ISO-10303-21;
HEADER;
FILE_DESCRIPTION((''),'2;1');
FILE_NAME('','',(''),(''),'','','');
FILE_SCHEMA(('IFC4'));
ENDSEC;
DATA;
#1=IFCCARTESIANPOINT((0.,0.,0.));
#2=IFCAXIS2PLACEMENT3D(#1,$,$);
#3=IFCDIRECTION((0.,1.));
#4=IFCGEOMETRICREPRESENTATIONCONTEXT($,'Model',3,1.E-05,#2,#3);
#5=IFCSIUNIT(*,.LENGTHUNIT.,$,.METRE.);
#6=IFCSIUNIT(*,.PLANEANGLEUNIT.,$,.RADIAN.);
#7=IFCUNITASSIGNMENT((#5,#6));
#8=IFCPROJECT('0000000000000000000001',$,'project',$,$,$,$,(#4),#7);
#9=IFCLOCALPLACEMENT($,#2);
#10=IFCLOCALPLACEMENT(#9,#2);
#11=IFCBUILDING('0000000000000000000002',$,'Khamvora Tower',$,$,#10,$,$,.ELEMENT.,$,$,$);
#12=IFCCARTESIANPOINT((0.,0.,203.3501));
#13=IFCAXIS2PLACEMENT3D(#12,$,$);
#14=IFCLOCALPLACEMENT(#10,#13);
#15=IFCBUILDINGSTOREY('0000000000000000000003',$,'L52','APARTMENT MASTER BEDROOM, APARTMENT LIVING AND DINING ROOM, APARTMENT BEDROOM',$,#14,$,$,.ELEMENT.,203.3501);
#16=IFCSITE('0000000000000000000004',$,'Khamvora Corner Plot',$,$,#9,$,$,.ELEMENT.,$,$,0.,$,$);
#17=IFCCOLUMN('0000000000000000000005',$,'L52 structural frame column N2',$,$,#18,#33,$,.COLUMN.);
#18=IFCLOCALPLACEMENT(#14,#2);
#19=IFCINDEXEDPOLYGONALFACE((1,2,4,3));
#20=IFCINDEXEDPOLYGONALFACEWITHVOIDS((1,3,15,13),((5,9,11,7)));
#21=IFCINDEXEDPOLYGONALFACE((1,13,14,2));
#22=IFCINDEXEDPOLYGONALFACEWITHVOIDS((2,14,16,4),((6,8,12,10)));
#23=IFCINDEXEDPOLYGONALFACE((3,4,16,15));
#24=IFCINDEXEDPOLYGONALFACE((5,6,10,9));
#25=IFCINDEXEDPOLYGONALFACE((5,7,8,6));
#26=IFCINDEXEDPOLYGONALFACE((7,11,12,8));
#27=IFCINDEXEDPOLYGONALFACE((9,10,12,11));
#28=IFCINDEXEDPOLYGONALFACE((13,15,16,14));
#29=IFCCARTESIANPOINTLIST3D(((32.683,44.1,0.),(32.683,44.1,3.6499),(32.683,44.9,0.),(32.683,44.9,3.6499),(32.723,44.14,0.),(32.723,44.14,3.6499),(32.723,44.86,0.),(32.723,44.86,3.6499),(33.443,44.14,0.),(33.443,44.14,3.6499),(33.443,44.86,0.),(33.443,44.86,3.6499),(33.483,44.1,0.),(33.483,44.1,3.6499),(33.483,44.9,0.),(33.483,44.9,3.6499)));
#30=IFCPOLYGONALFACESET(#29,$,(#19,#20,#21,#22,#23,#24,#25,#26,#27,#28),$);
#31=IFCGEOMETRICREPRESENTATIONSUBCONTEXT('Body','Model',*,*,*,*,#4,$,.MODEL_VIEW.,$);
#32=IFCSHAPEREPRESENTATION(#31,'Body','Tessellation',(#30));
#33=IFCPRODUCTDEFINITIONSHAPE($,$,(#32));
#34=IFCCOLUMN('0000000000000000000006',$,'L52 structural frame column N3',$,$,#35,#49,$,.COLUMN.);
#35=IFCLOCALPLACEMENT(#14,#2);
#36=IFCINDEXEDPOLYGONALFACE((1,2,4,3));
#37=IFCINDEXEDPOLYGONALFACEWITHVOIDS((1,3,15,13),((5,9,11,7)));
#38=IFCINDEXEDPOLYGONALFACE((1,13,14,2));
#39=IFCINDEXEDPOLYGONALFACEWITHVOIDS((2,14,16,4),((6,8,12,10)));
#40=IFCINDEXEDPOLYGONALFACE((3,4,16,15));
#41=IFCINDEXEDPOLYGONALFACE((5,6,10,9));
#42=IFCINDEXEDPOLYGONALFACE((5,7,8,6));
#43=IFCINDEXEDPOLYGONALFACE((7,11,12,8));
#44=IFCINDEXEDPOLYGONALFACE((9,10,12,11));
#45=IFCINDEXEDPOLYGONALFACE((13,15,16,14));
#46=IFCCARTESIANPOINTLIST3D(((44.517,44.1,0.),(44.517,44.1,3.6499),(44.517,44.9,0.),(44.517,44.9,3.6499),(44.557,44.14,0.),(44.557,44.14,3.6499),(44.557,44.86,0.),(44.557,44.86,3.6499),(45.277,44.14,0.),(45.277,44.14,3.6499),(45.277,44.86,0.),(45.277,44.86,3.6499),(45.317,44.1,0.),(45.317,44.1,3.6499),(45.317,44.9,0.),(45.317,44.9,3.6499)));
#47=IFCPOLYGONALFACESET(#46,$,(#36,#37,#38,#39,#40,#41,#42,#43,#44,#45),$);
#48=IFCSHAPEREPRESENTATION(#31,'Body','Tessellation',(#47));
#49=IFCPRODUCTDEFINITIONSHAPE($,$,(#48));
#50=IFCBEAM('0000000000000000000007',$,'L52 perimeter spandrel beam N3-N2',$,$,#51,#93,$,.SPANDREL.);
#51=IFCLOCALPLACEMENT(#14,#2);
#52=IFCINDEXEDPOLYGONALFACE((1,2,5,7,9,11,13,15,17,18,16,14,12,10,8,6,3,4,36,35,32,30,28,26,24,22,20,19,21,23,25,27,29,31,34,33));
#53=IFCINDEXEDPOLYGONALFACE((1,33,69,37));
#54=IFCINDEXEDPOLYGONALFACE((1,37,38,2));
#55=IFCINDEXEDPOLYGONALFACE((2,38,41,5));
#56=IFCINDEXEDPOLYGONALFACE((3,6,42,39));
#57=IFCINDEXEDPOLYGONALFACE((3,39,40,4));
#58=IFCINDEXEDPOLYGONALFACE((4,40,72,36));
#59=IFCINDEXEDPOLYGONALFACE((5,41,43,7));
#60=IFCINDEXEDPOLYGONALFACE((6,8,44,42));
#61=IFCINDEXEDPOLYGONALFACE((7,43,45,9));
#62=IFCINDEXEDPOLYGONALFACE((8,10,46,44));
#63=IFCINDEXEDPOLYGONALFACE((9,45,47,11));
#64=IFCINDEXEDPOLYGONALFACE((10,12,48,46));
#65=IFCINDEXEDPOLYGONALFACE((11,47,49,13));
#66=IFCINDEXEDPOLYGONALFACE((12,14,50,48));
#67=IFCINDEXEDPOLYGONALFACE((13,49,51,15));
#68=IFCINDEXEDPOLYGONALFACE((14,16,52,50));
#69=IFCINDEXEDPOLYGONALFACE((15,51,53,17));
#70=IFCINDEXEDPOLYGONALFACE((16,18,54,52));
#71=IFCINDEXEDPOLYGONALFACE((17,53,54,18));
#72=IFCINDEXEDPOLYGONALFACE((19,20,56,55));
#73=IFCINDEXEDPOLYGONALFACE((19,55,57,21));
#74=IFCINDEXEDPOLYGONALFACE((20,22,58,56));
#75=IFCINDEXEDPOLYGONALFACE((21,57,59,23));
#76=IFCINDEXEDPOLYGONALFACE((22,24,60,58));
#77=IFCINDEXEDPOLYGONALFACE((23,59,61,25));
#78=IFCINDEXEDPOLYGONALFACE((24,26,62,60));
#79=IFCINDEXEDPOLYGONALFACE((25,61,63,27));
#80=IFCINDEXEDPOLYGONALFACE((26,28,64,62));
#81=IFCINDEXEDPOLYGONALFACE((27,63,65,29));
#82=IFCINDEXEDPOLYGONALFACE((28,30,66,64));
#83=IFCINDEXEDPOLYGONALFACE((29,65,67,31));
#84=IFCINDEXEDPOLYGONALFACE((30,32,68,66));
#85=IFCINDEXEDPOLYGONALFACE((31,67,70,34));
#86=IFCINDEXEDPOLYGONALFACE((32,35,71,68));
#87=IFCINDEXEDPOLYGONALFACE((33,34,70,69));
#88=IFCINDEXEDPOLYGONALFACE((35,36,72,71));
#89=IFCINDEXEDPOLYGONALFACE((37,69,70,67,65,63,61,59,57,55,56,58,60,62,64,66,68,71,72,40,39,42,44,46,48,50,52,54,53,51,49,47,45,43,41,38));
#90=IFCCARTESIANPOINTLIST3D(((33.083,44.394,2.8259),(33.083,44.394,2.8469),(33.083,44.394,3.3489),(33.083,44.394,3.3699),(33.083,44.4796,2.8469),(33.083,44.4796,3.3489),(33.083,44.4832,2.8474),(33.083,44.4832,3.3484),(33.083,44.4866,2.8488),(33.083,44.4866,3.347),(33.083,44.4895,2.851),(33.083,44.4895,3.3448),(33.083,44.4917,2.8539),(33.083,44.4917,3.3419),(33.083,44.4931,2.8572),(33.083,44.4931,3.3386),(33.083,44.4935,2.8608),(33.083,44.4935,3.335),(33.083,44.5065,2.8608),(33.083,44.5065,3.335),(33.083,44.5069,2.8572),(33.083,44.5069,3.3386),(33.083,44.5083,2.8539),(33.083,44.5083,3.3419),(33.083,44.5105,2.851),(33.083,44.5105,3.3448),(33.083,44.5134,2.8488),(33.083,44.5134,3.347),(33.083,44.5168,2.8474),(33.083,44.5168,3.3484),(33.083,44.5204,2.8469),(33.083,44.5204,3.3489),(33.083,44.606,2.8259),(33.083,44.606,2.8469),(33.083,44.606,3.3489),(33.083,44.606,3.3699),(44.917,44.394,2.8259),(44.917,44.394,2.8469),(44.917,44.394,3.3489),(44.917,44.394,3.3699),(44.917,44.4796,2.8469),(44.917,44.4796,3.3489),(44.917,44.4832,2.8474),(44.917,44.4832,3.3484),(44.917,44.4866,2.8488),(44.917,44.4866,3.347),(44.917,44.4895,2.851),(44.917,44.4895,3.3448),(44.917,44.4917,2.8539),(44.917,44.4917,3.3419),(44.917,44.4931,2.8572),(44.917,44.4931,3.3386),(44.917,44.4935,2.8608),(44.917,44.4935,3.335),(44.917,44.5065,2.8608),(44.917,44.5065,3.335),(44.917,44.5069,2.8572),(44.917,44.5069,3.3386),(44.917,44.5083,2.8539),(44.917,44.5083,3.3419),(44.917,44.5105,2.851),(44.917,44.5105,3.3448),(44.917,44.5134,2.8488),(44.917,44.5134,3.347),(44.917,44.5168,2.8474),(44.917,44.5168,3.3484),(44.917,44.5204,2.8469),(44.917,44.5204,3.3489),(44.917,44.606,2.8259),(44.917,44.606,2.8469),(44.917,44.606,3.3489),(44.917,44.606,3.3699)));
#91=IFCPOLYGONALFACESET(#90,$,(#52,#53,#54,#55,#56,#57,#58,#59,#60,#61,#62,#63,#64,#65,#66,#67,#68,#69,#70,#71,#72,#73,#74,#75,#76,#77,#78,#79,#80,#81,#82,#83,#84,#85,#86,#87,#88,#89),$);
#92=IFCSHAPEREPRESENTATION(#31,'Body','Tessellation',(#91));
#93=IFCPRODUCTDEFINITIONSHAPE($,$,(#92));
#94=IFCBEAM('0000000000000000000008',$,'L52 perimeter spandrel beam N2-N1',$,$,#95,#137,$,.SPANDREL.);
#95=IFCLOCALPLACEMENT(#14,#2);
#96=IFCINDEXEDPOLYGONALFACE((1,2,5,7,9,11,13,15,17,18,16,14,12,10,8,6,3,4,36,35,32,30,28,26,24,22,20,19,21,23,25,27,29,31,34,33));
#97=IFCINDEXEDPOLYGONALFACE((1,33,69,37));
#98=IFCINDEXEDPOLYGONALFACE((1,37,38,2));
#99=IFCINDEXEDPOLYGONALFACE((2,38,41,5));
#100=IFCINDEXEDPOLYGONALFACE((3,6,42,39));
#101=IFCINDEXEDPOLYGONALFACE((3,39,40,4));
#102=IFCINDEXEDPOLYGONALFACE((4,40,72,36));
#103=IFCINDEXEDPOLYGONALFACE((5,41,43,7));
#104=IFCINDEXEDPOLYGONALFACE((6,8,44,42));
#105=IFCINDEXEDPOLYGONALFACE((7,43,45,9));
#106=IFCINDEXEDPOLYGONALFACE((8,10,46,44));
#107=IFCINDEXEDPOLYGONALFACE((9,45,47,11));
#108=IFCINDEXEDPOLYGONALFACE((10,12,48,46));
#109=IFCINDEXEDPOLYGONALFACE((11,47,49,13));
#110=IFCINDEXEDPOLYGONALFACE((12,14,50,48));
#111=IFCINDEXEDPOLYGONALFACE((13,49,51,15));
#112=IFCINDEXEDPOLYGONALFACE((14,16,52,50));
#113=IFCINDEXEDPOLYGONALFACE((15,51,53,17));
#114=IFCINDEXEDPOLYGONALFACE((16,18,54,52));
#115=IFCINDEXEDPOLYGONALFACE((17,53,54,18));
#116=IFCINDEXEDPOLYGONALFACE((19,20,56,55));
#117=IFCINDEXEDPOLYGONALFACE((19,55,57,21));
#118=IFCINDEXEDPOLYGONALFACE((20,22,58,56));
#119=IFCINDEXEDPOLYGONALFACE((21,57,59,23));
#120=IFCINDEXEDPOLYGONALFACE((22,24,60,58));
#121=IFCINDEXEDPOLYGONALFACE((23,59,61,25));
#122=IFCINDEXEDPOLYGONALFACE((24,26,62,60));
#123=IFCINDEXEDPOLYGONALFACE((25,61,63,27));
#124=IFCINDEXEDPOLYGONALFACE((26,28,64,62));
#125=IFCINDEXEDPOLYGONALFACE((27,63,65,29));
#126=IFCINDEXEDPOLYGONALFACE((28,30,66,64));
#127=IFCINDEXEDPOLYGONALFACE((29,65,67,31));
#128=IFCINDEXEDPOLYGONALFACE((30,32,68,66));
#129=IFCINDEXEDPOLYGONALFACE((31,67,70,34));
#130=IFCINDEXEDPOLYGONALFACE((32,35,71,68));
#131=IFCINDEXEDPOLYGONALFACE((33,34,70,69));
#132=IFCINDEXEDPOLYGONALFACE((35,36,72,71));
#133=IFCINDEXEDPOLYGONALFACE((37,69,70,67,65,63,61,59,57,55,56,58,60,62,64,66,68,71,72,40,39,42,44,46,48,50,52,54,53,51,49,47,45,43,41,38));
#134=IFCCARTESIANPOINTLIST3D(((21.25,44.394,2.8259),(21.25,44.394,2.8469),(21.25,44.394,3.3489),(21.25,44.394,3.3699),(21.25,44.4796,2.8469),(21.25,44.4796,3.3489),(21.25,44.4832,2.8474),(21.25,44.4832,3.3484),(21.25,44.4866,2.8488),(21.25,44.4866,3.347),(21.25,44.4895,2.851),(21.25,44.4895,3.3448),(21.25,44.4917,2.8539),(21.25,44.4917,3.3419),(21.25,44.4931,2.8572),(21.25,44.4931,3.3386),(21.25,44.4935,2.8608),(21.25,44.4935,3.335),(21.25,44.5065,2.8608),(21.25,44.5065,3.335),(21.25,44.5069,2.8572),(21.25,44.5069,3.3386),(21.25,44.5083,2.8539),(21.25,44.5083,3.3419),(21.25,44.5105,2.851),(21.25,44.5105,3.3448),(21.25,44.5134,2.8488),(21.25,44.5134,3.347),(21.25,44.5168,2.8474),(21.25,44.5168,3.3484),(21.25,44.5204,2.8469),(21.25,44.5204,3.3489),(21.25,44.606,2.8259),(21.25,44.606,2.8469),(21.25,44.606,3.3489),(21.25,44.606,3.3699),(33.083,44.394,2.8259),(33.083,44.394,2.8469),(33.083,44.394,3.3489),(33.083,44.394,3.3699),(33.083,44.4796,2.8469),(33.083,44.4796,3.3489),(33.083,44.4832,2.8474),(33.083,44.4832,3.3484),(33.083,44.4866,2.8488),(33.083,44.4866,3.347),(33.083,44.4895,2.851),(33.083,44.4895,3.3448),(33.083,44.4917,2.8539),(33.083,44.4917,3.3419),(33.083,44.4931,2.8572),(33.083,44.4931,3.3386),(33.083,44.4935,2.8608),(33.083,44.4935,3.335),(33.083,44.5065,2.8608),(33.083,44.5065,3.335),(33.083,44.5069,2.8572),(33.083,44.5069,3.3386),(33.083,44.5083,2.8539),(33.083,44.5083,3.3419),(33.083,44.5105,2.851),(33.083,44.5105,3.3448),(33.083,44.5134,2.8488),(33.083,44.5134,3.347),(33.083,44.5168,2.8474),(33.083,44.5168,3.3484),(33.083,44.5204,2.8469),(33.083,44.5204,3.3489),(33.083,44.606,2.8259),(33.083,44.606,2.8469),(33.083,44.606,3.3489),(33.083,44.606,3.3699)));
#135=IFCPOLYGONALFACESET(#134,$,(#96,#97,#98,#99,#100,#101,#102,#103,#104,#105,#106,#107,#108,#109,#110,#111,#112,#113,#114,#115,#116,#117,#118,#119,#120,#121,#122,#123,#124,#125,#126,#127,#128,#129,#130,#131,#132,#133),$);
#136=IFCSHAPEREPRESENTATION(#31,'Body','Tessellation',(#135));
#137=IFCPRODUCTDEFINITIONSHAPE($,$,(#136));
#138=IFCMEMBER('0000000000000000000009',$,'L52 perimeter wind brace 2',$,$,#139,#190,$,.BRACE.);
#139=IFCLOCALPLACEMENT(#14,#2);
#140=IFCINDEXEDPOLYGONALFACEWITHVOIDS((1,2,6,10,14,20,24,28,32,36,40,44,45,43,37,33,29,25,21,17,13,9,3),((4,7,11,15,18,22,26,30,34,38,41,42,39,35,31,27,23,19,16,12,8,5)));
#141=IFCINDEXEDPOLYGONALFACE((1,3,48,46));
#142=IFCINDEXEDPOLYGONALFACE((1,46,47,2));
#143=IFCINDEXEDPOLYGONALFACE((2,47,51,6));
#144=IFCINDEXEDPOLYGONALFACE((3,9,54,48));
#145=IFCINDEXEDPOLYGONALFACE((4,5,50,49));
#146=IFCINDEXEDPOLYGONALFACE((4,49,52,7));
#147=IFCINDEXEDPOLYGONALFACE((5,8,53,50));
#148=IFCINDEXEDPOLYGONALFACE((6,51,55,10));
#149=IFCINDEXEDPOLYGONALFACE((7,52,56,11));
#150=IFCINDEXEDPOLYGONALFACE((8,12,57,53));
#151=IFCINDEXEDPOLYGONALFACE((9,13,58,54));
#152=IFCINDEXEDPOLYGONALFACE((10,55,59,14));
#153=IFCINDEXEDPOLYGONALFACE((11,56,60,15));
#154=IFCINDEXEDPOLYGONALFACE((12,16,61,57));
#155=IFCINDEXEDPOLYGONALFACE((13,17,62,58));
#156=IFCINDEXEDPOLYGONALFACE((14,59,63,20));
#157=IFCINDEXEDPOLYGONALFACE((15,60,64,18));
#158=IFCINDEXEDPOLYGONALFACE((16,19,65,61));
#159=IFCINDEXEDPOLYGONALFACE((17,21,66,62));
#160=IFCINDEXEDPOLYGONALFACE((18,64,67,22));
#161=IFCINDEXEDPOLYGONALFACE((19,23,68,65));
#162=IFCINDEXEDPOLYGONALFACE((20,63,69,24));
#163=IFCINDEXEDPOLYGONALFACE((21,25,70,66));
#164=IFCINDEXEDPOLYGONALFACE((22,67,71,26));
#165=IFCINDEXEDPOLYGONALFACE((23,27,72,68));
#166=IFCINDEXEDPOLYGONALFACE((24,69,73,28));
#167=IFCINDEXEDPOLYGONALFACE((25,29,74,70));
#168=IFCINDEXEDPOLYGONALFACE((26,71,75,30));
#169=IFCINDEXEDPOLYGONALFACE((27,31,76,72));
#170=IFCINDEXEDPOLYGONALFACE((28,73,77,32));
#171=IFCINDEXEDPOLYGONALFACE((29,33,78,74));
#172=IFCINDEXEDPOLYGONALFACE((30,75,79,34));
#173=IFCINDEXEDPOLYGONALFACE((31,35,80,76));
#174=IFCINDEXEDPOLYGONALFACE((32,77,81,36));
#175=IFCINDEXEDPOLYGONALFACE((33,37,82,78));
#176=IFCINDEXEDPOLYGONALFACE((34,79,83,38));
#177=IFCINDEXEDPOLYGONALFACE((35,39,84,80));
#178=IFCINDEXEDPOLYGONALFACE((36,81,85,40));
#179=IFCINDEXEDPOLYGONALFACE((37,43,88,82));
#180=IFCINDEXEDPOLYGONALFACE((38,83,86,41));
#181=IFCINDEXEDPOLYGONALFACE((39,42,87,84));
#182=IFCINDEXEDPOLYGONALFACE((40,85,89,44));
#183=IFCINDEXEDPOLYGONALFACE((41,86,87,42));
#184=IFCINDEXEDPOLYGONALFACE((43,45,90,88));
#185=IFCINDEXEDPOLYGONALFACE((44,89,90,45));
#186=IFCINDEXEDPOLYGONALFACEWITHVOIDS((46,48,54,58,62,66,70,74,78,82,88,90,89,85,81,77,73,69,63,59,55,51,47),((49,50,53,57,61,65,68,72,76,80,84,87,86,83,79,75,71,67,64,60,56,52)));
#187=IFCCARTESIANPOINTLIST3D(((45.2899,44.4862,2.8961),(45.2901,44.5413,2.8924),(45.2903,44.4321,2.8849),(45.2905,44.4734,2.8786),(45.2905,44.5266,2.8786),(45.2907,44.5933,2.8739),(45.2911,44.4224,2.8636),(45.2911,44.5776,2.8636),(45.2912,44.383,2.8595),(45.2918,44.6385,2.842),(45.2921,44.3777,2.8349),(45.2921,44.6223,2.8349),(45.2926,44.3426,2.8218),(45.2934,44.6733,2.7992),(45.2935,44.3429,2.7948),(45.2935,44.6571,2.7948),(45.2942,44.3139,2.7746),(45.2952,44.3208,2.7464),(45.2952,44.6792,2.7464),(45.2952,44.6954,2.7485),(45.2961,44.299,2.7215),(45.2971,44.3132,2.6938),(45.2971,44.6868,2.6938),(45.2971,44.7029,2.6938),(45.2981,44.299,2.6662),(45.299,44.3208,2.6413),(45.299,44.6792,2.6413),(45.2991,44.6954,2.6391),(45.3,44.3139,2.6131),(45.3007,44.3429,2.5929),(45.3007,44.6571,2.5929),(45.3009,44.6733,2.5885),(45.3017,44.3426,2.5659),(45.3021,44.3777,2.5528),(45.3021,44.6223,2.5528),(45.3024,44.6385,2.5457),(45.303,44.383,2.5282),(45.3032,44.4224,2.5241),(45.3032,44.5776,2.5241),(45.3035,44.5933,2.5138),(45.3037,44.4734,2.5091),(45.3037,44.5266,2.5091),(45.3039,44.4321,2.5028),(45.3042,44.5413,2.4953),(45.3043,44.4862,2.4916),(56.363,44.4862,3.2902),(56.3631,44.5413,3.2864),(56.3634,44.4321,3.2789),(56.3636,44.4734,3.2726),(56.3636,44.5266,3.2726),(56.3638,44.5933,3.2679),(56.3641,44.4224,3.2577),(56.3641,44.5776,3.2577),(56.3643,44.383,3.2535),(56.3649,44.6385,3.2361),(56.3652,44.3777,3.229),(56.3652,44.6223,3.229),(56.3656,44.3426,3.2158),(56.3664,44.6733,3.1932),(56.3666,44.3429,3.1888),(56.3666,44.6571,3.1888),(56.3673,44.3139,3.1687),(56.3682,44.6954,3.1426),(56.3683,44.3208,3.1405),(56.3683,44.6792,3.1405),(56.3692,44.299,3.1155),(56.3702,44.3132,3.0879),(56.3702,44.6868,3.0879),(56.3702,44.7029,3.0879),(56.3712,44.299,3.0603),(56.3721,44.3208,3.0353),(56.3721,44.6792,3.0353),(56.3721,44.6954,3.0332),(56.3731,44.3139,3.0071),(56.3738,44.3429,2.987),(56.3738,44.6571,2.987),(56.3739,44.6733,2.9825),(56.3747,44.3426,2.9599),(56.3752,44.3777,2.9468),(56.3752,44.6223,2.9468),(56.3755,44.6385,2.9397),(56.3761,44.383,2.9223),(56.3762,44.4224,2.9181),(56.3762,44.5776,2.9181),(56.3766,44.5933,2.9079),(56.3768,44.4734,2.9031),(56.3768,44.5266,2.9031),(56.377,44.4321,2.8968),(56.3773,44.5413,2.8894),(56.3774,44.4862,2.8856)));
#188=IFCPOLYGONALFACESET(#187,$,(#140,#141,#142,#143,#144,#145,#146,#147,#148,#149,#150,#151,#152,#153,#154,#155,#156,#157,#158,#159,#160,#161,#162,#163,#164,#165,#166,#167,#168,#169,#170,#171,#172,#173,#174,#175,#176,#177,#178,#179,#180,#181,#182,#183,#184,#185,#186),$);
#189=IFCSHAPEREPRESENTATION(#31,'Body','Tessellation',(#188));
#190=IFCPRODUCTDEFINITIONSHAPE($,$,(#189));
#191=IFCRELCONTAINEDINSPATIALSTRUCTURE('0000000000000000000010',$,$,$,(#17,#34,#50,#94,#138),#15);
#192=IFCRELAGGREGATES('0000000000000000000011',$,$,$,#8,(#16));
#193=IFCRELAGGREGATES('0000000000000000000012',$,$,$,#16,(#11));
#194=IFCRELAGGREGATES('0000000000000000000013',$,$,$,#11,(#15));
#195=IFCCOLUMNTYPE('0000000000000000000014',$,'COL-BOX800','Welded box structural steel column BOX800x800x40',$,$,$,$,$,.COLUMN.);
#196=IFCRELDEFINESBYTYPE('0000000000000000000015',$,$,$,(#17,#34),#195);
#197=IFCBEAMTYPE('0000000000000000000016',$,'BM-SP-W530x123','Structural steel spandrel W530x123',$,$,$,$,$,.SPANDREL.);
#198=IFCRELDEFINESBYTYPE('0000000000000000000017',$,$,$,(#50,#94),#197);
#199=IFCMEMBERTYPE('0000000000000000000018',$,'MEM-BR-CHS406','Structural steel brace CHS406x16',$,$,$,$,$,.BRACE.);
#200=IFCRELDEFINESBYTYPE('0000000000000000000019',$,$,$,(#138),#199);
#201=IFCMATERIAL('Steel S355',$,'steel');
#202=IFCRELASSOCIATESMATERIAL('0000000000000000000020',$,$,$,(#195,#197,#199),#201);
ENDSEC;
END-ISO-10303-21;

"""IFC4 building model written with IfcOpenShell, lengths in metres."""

from ifc_helpers import new_model, si_unit, direction, frame, origin, origin_2d, place, context, subcontext, project, spatial, hollow_rectangle, hollow_circle, i_section, extrude, material, material_profile, profile_set, type_object, element, save


model = new_model("IFC4")

# Units and contexts
model_context = context("Model", 3, precision=1e-05, world=origin(), true_north=direction((0.0, 1.0)))
body_context = subcontext(model_context, "Body", "Model", "MODEL_VIEW")
ifc_project = project(units=[si_unit("LENGTHUNIT", "METRE"), si_unit("PLANEANGLEUNIT", "RADIAN")], contexts=[model_context])

# Site, building, storey
site_placement = place(None, origin())
site = spatial("IfcSite", under=ifc_project, at=site_placement, Name="Khamvora Corner Plot", CompositionType="ELEMENT", RefElevation=0.0)
building_placement = place(site_placement, origin())
building = spatial("IfcBuilding", under=site, at=building_placement, Name="Khamvora Tower", CompositionType="ELEMENT")
storey_placement = place(building_placement, frame((0.0, 0.0, 203.3501)))
storey = spatial("IfcBuildingStorey", under=building, at=storey_placement, Name="L52", Description="APARTMENT MASTER BEDROOM, APARTMENT LIVING AND DINING ROOM, APARTMENT BEDROOM", CompositionType="ELEMENT", Elevation=203.3501)

# Columns
ifc_material_1 = material(Name="Steel S355", Category="steel")
ifc_material_profile_1 = material_profile(ifc_material_1, hollow_rectangle(XDim=0.8, YDim=0.8, WallThickness=0.04, at=origin_2d()), Name="BOX800x800x40")
ifc_profile_set_1 = profile_set([ifc_material_profile_1], Name="Steel S355")
column_type = type_object("IfcColumnType", Name="COL-BOX800", Description="Welded box structural steel column BOX800x800x40", PredefinedType="COLUMN", material=ifc_profile_set_1)
for number, where, z_axis, x_axis, name in (
    (1, (33.083, 44.5, 0.0), (0.0, 0.0, 1.0), (1.0, 0.0, 0.0), "L52 structural frame column N2"),
    (2, (44.917, 44.5, 0.0), (0.0, 0.0, 1.0), (1.0, 0.0, 0.0), "L52 structural frame column N3"),
):
    element("IfcColumn", number, at=place(storey_placement, frame(where, z_axis=z_axis, x_axis=x_axis)), inside=storey, type_object=column_type, Name=name, PredefinedType="COLUMN", context=body_context, shape_type="SweptSolid", body=[
        extrude(hollow_rectangle(XDim=0.8, YDim=0.8, WallThickness=0.04, at=origin_2d()), origin(), (0.0, 0.0, 1.0), 3.6499),
    ])

# Beams
ifc_material_profile_2 = material_profile(ifc_material_1, i_section(OverallWidth=0.2119, OverallDepth=0.5439, WebThickness=0.0129, FlangeThickness=0.021, FilletRadius=0.0139, at=origin_2d()), Name="W530x123")
ifc_profile_set_2 = profile_set([ifc_material_profile_2], Name="Steel S355")
beam_type = type_object("IfcBeamType", Name="BM-SP-W530x123", Description="Structural steel spandrel W530x123", PredefinedType="SPANDREL", material=ifc_profile_set_2)
beam_1_placement = place(storey_placement, frame((44.917, 44.5, 3.0979), z_axis=(-1.0, 0.0, 0.0), x_axis=(0.0, -1.0, 0.0)))
element("IfcBeam", 3, at=beam_1_placement, inside=storey, type_object=beam_type, Name="L52 perimeter spandrel beam N3-N2", PredefinedType="SPANDREL", context=body_context, shape_type="SweptSolid", body=[
    extrude(i_section(OverallWidth=0.2119, OverallDepth=0.5439, WebThickness=0.0129, FlangeThickness=0.021, FilletRadius=0.0139, at=origin_2d()), origin(), (0.0, 0.0, 1.0), 11.834),
])
beam_2_placement = place(storey_placement, frame((33.083, 44.5, 3.0979), z_axis=(-1.0, 0.0, 0.0), x_axis=(0.0, -1.0, 0.0)))
element("IfcBeam", 4, at=beam_2_placement, inside=storey, type_object=beam_type, Name="L52 perimeter spandrel beam N2-N1", PredefinedType="SPANDREL", context=body_context, shape_type="SweptSolid", body=[
    extrude(i_section(OverallWidth=0.2119, OverallDepth=0.5439, WebThickness=0.0129, FlangeThickness=0.021, FilletRadius=0.0139, at=origin_2d()), origin(), (0.0, 0.0, 1.0), 11.833),
])

# Member
ifc_material_profile_3 = material_profile(ifc_material_1, hollow_circle(Radius=0.2029, WallThickness=0.0161, at=origin_2d()), Name="CHS406x16")
ifc_profile_set_3 = profile_set([ifc_material_profile_3], Name="Steel S355")
member_type = type_object("IfcMemberType", Name="MEM-BR-CHS406", Description="Structural steel brace CHS406x16", PredefinedType="BRACE", material=ifc_profile_set_3)
member_placement = place(storey_placement, frame((45.2971, 44.5, 2.6938), z_axis=(0.999367, 0.0, 0.035563), x_axis=(0.0, 1.0, 0.0)))
element("IfcMember", 5, at=member_placement, inside=storey, type_object=member_type, Name="L52 perimeter wind brace 2", PredefinedType="BRACE", context=body_context, shape_type="SweptSolid", body=[
    extrude(hollow_circle(Radius=0.2029, WallThickness=0.0161, at=origin_2d()), origin(), (0.0, 0.0, 1.0), 11.0801),
])

save(model, "model.ifc")
